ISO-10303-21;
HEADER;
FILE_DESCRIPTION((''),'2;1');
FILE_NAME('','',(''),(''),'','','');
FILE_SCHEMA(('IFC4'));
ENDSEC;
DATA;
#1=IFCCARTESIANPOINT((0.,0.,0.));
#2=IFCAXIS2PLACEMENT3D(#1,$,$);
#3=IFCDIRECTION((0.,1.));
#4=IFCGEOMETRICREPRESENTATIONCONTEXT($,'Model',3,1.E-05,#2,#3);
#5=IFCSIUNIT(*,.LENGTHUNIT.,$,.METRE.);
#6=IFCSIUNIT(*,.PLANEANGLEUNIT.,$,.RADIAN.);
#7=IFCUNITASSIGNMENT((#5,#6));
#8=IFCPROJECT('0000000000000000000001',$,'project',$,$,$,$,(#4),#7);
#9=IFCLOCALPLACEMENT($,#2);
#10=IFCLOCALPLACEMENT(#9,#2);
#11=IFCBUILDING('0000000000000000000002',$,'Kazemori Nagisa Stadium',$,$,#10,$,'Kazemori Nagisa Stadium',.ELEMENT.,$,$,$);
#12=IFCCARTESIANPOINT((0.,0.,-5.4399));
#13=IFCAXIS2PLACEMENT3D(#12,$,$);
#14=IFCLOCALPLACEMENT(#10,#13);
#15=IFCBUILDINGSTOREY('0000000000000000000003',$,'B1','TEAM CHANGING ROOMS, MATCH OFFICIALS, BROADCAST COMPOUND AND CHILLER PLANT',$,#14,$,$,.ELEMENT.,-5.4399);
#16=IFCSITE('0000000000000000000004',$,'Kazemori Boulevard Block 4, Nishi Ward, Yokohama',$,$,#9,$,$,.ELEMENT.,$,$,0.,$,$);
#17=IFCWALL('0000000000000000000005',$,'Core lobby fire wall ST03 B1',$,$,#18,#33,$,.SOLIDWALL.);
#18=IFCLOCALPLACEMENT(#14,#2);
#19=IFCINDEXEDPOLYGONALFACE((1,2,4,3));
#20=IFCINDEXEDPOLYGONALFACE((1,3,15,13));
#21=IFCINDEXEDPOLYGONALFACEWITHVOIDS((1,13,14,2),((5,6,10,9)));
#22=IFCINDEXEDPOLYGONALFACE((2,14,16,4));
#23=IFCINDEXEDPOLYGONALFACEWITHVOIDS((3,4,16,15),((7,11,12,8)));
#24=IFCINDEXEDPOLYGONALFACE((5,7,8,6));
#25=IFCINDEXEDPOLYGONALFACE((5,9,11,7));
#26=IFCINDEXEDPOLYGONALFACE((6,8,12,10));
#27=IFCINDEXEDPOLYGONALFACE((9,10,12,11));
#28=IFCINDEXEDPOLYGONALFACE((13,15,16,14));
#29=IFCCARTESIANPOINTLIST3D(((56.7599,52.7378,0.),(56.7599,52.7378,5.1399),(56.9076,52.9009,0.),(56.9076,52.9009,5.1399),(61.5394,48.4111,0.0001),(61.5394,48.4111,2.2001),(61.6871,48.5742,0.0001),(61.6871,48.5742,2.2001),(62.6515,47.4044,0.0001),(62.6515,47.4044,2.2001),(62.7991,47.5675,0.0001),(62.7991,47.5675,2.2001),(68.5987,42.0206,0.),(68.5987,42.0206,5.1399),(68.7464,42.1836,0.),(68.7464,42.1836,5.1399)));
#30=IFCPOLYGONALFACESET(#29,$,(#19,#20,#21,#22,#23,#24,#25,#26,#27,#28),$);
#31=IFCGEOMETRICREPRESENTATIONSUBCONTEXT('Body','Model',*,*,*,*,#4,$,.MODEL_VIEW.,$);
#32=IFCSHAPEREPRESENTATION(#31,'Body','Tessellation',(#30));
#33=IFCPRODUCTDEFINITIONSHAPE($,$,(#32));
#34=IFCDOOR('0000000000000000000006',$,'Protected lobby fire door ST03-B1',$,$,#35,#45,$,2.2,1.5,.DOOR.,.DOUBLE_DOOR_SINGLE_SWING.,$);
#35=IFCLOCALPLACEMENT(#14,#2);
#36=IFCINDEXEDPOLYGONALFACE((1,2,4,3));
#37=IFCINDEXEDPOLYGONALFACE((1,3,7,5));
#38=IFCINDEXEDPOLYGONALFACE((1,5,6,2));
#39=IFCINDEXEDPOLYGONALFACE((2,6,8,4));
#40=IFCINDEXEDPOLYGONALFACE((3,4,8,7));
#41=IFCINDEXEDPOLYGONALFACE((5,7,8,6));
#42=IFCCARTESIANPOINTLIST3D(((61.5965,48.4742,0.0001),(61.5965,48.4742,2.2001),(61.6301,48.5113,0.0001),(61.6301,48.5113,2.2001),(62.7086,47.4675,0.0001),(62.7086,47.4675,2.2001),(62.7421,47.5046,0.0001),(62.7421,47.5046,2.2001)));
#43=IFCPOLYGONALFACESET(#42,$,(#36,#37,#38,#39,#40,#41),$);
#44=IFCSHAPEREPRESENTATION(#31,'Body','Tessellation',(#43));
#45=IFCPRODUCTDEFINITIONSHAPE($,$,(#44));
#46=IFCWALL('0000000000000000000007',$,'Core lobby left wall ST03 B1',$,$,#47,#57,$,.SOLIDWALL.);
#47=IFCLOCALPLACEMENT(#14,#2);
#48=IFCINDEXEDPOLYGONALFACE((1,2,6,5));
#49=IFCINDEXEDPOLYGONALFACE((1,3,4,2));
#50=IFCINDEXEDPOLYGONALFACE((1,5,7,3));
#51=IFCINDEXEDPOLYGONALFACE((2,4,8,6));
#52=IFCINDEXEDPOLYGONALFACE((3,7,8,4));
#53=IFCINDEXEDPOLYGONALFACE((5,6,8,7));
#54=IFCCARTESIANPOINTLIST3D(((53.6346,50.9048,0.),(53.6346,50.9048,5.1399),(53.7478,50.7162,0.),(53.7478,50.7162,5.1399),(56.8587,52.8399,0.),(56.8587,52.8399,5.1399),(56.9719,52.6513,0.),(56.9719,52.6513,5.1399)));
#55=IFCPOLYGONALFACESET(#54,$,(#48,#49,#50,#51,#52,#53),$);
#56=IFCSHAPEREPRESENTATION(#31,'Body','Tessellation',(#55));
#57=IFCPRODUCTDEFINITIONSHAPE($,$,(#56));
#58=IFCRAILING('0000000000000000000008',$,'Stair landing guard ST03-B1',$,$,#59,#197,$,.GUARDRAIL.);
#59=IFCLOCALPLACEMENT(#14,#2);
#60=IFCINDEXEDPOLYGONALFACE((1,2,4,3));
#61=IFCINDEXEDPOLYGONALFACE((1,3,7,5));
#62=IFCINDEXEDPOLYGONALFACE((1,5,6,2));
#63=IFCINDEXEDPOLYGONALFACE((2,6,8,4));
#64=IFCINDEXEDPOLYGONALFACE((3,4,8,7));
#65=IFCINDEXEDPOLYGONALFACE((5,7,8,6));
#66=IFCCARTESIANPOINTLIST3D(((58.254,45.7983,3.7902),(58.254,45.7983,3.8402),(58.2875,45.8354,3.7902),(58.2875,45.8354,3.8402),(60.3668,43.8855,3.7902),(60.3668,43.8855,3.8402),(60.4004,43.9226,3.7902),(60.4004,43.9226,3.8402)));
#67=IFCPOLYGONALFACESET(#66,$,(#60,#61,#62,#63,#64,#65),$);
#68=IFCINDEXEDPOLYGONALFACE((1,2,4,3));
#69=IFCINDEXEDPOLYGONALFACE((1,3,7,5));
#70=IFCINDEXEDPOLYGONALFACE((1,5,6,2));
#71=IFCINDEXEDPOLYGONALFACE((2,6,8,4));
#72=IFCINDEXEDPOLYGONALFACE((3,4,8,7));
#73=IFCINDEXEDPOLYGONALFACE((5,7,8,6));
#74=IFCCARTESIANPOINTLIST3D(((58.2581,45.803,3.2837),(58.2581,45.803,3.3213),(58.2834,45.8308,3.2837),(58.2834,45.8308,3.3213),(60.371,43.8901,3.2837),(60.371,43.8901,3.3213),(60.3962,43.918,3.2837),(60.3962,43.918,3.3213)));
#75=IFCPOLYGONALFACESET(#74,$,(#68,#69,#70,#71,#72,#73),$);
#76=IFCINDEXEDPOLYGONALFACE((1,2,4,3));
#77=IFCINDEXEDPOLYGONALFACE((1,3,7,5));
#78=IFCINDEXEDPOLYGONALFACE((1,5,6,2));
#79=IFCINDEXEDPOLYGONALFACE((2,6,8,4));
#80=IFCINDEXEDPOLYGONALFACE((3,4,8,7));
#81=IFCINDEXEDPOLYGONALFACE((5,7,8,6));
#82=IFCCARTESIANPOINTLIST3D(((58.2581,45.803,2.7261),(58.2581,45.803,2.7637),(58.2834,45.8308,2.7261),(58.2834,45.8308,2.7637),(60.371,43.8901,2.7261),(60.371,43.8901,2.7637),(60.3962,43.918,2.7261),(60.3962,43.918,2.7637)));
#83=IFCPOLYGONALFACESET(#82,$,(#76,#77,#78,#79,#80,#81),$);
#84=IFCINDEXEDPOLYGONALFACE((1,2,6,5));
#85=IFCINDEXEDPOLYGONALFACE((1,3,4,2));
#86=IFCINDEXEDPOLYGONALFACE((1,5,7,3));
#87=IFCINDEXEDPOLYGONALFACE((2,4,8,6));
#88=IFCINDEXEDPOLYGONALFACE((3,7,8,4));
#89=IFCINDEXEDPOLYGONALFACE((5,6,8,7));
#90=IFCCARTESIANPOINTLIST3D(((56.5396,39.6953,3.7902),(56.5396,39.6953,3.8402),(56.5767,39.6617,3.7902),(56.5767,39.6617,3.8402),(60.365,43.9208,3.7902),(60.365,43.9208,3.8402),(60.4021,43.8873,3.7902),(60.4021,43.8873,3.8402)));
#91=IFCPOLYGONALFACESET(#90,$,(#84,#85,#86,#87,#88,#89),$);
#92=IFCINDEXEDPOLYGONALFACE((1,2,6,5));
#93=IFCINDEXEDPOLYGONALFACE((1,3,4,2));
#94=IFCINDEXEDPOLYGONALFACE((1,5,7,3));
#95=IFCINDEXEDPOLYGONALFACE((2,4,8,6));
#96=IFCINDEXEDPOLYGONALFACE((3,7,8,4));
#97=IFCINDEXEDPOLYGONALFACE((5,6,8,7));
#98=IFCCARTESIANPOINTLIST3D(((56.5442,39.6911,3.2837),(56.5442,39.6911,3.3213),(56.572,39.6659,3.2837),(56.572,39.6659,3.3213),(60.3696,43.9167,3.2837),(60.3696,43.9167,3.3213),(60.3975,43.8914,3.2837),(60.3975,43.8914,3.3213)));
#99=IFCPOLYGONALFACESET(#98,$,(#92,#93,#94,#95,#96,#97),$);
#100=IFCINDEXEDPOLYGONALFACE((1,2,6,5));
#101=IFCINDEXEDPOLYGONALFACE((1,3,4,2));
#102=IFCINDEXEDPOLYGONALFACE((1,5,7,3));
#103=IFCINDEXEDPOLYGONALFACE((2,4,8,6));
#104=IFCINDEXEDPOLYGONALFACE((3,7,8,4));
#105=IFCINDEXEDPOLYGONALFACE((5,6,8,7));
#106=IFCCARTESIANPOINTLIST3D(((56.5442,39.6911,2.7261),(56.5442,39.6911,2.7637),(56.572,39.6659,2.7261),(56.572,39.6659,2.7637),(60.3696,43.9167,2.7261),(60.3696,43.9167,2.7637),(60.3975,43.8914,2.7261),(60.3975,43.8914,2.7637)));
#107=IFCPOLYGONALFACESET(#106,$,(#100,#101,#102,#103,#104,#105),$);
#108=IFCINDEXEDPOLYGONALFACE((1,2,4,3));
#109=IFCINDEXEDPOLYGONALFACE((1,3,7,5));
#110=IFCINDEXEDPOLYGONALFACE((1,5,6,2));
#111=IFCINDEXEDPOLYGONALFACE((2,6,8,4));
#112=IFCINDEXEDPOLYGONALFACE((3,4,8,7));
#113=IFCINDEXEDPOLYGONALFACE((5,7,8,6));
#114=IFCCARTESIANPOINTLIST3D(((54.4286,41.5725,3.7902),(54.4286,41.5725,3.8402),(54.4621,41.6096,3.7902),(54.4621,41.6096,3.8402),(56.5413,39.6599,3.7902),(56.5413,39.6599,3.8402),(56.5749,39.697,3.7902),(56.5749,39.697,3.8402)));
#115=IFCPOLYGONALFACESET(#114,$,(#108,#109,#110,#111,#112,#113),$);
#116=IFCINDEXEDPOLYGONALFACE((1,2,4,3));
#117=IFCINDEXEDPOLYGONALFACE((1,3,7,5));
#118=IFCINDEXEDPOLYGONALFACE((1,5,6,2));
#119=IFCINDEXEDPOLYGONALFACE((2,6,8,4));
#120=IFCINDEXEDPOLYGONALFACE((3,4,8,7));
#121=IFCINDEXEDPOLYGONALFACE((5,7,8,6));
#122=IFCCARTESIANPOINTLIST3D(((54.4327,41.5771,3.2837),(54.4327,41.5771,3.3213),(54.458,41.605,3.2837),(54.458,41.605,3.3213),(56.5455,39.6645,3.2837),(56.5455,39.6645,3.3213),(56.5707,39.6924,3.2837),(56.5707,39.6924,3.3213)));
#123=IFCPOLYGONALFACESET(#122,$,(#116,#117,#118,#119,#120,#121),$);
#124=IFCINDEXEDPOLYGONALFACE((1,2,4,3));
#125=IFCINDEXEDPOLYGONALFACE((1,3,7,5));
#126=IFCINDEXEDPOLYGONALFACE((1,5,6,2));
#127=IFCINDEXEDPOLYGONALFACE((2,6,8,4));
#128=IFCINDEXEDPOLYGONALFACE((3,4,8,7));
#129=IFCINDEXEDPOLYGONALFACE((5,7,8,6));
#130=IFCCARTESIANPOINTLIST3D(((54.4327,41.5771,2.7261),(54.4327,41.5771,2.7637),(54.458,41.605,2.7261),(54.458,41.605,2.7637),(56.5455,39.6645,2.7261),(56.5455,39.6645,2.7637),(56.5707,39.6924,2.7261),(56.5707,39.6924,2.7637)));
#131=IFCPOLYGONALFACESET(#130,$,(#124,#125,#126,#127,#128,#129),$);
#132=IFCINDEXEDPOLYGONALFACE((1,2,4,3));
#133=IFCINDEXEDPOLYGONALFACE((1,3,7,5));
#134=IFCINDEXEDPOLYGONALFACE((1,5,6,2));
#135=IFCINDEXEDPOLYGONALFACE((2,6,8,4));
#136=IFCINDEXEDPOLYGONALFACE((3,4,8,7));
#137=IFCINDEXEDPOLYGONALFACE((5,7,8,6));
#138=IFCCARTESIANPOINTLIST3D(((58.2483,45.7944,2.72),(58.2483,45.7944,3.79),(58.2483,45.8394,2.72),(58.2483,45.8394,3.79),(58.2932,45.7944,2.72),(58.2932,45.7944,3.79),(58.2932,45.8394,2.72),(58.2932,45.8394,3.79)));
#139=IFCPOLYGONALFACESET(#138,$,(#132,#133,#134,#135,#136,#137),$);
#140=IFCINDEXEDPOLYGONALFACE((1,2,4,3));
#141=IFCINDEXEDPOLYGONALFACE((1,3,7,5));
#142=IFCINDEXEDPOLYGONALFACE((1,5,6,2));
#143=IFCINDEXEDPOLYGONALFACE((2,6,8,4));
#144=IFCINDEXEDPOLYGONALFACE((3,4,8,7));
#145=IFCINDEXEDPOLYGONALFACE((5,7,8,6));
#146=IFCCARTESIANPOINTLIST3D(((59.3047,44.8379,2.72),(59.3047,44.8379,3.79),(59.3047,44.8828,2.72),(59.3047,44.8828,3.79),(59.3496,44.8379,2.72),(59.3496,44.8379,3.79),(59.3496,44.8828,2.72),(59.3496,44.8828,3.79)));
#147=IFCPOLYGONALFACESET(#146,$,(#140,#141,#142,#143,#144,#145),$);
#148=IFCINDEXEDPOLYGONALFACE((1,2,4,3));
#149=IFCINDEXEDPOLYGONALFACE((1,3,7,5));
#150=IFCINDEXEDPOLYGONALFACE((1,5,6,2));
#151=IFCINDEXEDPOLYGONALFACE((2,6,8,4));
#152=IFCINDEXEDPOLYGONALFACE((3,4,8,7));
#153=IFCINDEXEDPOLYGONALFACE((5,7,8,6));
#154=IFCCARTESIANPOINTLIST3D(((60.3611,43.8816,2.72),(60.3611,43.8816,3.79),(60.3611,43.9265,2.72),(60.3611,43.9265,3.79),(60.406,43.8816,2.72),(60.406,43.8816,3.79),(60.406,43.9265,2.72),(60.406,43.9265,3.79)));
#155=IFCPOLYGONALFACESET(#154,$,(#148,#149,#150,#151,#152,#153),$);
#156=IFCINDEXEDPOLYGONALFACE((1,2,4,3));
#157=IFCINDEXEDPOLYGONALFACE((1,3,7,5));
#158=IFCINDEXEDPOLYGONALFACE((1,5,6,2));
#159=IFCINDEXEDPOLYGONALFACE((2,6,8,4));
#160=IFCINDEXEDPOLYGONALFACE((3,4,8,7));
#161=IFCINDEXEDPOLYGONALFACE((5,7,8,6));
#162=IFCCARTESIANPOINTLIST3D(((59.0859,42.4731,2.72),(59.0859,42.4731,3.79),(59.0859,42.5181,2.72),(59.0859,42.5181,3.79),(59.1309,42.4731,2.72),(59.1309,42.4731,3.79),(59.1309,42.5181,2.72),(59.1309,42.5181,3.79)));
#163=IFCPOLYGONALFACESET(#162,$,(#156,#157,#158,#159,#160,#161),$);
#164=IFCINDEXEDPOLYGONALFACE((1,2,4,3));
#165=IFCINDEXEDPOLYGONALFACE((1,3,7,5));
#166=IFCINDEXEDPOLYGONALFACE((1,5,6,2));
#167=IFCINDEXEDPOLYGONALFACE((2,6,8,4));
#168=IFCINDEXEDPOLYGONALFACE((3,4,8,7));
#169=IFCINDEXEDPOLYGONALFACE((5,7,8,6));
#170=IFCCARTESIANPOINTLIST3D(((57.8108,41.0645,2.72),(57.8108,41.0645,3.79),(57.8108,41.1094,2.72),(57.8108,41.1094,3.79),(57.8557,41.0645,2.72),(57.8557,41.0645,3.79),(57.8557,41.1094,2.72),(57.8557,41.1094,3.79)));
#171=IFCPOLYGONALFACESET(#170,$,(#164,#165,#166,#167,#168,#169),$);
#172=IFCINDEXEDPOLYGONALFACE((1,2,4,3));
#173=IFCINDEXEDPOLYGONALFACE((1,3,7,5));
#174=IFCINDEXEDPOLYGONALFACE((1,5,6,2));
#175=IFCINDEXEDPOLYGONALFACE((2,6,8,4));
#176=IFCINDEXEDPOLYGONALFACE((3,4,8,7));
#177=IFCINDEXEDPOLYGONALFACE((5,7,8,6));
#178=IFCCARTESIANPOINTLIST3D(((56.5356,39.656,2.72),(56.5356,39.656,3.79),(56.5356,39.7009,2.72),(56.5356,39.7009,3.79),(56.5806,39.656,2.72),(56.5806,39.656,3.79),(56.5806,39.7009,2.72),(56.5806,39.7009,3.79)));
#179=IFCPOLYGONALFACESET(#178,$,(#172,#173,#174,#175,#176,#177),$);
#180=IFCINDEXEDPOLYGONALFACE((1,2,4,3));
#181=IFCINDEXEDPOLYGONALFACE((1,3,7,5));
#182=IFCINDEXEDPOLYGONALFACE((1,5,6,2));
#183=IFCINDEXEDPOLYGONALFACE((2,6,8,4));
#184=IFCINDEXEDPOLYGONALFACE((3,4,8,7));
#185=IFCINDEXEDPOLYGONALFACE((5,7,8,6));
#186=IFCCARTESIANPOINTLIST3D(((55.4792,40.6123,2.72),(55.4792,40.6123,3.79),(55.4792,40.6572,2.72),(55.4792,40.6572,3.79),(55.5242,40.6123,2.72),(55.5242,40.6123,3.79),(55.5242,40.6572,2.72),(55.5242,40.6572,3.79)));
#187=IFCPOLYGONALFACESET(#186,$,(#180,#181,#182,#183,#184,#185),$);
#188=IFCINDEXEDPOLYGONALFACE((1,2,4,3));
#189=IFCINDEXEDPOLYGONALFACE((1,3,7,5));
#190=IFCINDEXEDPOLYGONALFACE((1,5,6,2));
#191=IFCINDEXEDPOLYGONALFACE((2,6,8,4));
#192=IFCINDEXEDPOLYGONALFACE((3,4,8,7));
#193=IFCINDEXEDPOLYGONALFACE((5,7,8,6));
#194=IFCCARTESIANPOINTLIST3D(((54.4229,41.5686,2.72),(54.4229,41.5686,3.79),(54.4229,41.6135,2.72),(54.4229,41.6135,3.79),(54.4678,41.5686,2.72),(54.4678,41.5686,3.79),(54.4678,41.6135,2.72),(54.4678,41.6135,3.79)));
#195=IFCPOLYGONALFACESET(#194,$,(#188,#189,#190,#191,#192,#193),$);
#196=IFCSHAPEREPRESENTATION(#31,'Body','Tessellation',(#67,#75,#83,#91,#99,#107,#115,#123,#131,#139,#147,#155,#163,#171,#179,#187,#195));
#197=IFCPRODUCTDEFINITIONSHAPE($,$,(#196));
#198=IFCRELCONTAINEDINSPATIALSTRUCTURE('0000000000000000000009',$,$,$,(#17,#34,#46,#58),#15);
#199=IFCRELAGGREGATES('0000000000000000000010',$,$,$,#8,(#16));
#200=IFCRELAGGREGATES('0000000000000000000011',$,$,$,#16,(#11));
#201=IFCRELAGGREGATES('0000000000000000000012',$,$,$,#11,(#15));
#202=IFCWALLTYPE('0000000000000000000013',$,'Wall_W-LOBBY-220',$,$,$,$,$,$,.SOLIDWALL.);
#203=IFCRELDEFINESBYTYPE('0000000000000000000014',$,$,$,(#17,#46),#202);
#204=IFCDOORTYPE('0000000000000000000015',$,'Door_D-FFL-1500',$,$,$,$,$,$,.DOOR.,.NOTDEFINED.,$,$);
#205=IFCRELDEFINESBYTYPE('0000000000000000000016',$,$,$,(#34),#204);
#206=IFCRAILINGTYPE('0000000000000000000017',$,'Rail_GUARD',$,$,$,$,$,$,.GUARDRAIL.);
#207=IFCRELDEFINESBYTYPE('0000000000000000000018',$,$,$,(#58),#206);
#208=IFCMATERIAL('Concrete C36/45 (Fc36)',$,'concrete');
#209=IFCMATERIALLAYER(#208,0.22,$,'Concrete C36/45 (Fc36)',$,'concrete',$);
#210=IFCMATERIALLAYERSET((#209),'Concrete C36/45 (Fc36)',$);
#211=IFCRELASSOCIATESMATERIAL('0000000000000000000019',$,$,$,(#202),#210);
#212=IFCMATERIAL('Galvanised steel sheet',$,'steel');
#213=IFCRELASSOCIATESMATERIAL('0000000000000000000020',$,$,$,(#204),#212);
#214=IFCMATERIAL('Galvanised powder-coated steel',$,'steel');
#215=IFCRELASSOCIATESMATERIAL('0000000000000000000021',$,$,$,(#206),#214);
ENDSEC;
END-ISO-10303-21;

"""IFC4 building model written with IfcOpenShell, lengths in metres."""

from ifc_helpers import new_model, si_unit, direction, frame, frame_2d, origin, origin_2d, place, context, subcontext, project, spatial, rectangle, extrude, material, layer, layer_set, type_object, element, fill, save


model = new_model("IFC4")

# Units and contexts
model_context = context("Model", 3, precision=1e-05, world=origin(), true_north=direction((0.0, 1.0)))
body_context = subcontext(model_context, "Body", "Model", "MODEL_VIEW")
ifc_project = project(units=[si_unit("LENGTHUNIT", "METRE"), si_unit("PLANEANGLEUNIT", "RADIAN")], contexts=[model_context])

# Site, building, storey
site_placement = place(None, origin())
site = spatial("IfcSite", under=ifc_project, at=site_placement, Name="Kazemori Boulevard Block 4, Nishi Ward, Yokohama", CompositionType="ELEMENT", RefElevation=0.0)
building_placement = place(site_placement, origin())
building = spatial("IfcBuilding", under=site, at=building_placement, Name="Kazemori Nagisa Stadium", LongName="Kazemori Nagisa Stadium", CompositionType="ELEMENT")
storey_placement = place(building_placement, frame((0.0, 0.0, -5.4399)))
storey = spatial("IfcBuildingStorey", under=building, at=storey_placement, Name="B1", Description="TEAM CHANGING ROOMS, MATCH OFFICIALS, BROADCAST COMPOUND AND CHILLER PLANT", CompositionType="ELEMENT", Elevation=-5.4399)

# Shared definitions
ifc_material_1 = material(Name="Concrete C36/45 (Fc36)", Category="concrete")

# Shared definitions
ifc_material_2 = material(Name="Galvanised steel sheet", Category="steel")

# Shared definitions
ifc_layer_1 = layer(ifc_material_1, 0.22, Name="Concrete C36/45 (Fc36)", Category="concrete")
ifc_layer_set_1 = layer_set([ifc_layer_1], Name="Concrete C36/45 (Fc36)")
wall_type_1 = type_object("IfcWallType", Name="Wall_W-LOBBY-220", PredefinedType="SOLIDWALL", material=ifc_layer_set_1)

# Wall, opening, door
wall_1_placement = place(storey_placement, frame((56.8337, 52.8193, 0.0), z_axis=(0.0, 0.0, 1.0), x_axis=(0.741351, -0.671117, 0.0)))
wall_1 = element("IfcWall", 1, at=wall_1_placement, inside=storey, type_object=wall_type_1, Name="Core lobby fire wall ST03 B1", PredefinedType="SOLIDWALL", context=body_context, shape_type="SweptSolid", body=[
    extrude(rectangle(XDim=15.9692, YDim=0.22, at=frame_2d((7.9846, 0.0))), origin(), (0.0, 0.0, 1.0), 5.1399),
])
opening_1_placement = place(wall_1_placement, frame((6.447, 0.0, 0.0)))
opening_1 = element("IfcOpeningElement", 2, at=opening_1_placement, cuts=wall_1, PredefinedType="OPENING", context=body_context, shape_type="SweptSolid", body=[
    extrude(rectangle(XDim=1.5, YDim=2.2, at=frame_2d((0.75, 1.1001))), frame((0.0, 0.1199, 0.0), z_axis=(0.0, -1.0, 0.0), x_axis=(1.0, 0.0, 0.0)), (0.0, 0.0, 1.0), 0.24),
])
door_type_1 = type_object("IfcDoorType", Name="Door_D-FFL-1500", OperationType="NOTDEFINED", PredefinedType="DOOR", material=ifc_material_2)
door_1_placement = place(opening_1_placement, frame((1.5, 0.0, 0.0), z_axis=(0.0, 0.0, 1.0), x_axis=(-1.0, 0.0, 0.0)))
door_1 = element("IfcDoor", 3, at=door_1_placement, inside=storey, type_object=door_type_1, Name="Protected lobby fire door ST03-B1", OperationType="DOUBLE_DOOR_SINGLE_SWING", OverallHeight=2.2, OverallWidth=1.5, PredefinedType="DOOR", context=body_context, shape_type="SweptSolid", body=[
    extrude(rectangle(XDim=1.5, YDim=2.2, at=frame_2d((0.75, 1.1001))), frame((0.0, 0.0249, 0.0), z_axis=(0.0, -1.0, 0.0), x_axis=(1.0, 0.0, 0.0)), (0.0, 0.0, 1.0), 0.05),
])
fill(opening_1, door_1)

# Wall
wall_2_placement = place(storey_placement, frame((56.9153, 52.7456, 0.0), z_axis=(0.0, 0.0, 1.0), x_axis=(-0.857424, -0.51461, 0.0)))
element("IfcWall", 4, at=wall_2_placement, inside=storey, type_object=wall_type_1, Name="Core lobby left wall ST03 B1", PredefinedType="SOLIDWALL", context=body_context, shape_type="SweptSolid", body=[
    extrude(rectangle(XDim=3.7603, YDim=0.22, at=frame_2d((1.8801, 0.0))), origin(), (0.0, 0.0, 1.0), 5.1399),
])

# Railing
ifc_material_3 = material(Name="Galvanised powder-coated steel", Category="steel")
railing_type_1 = type_object("IfcRailingType", Name="Rail_GUARD", PredefinedType="GUARDRAIL", material=ifc_material_3)
railing_1_placement = place(storey_placement, frame((58.2708, 45.8169, 2.72)))
element("IfcRailing", 5, at=railing_1_placement, inside=storey, type_object=railing_type_1, Name="Stair landing guard ST03-B1", PredefinedType="GUARDRAIL", context=body_context, shape_type="SweptSolid", body=[
    extrude(rectangle(XDim=0.05, YDim=0.05, at=origin_2d()), frame((0.0, 0.0, 1.0952), z_axis=(0.741315, -0.671158, 0.0), x_axis=(0.671158, 0.741315, 0.0)), (0.0, 0.0, 1.0), 2.8501),
    extrude(rectangle(XDim=0.0376, YDim=0.0376, at=origin_2d()), frame((0.0, 0.0, 0.5825), z_axis=(0.741315, -0.671158, 0.0), x_axis=(0.671158, 0.741315, 0.0)), (0.0, 0.0, 1.0), 2.8501),
    extrude(rectangle(XDim=0.0376, YDim=0.0376, at=origin_2d()), frame((0.0, 0.0, 0.0249), z_axis=(0.741315, -0.671158, 0.0), x_axis=(0.671158, 0.741315, 0.0)), (0.0, 0.0, 1.0), 2.8501),
    extrude(rectangle(XDim=0.05, YDim=0.05, at=origin_2d()), frame((2.1128, -1.9128, 1.0952), z_axis=(-0.671134, -0.741336, 0.0), x_axis=(0.741336, -0.671134, 0.0)), (0.0, 0.0, 1.0), 5.7),
    extrude(rectangle(XDim=0.0376, YDim=0.0376, at=origin_2d()), frame((2.1128, -1.9128, 0.5825), z_axis=(-0.671134, -0.741336, 0.0), x_axis=(0.741336, -0.671134, 0.0)), (0.0, 0.0, 1.0), 5.7),
    extrude(rectangle(XDim=0.0376, YDim=0.0376, at=origin_2d()), frame((2.1128, -1.9128, 0.0249), z_axis=(-0.671134, -0.741336, 0.0), x_axis=(0.741336, -0.671134, 0.0)), (0.0, 0.0, 1.0), 5.7),
    extrude(rectangle(XDim=0.05, YDim=0.05, at=origin_2d()), frame((-1.7126, -6.1384, 1.0952), z_axis=(-0.741357, 0.671111, 0.0), x_axis=(-0.671111, -0.741357, 0.0)), (0.0, 0.0, 1.0), 2.8499),
    extrude(rectangle(XDim=0.0376, YDim=0.0376, at=origin_2d()), frame((-1.7126, -6.1384, 0.5825), z_axis=(-0.741357, 0.671111, 0.0), x_axis=(-0.671111, -0.741357, 0.0)), (0.0, 0.0, 1.0), 2.8499),
    extrude(rectangle(XDim=0.0376, YDim=0.0376, at=origin_2d()), frame((-1.7126, -6.1384, 0.0249), z_axis=(-0.741357, 0.671111, 0.0), x_axis=(-0.671111, -0.741357, 0.0)), (0.0, 0.0, 1.0), 2.8499),
    extrude(rectangle(XDim=0.0449, YDim=0.0449, at=origin_2d()), origin(), (0.0, 0.0, 1.0), 1.0701),
    extrude(rectangle(XDim=0.0449, YDim=0.0449, at=origin_2d()), frame((1.0564, -0.9565, 0.0)), (0.0, 0.0, 1.0), 1.0701),
    extrude(rectangle(XDim=0.0449, YDim=0.0449, at=origin_2d()), frame((2.1128, -1.9128, 0.0)), (0.0, 0.0, 1.0), 1.0701),
    extrude(rectangle(XDim=0.0449, YDim=0.0449, at=origin_2d()), frame((0.8376, -3.3213, 0.0)), (0.0, 0.0, 1.0), 1.0701),
    extrude(rectangle(XDim=0.0449, YDim=0.0449, at=origin_2d()), frame((-0.4375, -4.73, 0.0)), (0.0, 0.0, 1.0), 1.0701),
    extrude(rectangle(XDim=0.0449, YDim=0.0449, at=origin_2d()), frame((-1.7126, -6.1384, 0.0)), (0.0, 0.0, 1.0), 1.0701),
    extrude(rectangle(XDim=0.0449, YDim=0.0449, at=origin_2d()), frame((-2.769, -5.1821, 0.0)), (0.0, 0.0, 1.0), 1.0701),
    extrude(rectangle(XDim=0.0449, YDim=0.0449, at=origin_2d()), frame((-3.8254, -4.2258, 0.0)), (0.0, 0.0, 1.0), 1.0701),
])

save(model, "model.ifc")
